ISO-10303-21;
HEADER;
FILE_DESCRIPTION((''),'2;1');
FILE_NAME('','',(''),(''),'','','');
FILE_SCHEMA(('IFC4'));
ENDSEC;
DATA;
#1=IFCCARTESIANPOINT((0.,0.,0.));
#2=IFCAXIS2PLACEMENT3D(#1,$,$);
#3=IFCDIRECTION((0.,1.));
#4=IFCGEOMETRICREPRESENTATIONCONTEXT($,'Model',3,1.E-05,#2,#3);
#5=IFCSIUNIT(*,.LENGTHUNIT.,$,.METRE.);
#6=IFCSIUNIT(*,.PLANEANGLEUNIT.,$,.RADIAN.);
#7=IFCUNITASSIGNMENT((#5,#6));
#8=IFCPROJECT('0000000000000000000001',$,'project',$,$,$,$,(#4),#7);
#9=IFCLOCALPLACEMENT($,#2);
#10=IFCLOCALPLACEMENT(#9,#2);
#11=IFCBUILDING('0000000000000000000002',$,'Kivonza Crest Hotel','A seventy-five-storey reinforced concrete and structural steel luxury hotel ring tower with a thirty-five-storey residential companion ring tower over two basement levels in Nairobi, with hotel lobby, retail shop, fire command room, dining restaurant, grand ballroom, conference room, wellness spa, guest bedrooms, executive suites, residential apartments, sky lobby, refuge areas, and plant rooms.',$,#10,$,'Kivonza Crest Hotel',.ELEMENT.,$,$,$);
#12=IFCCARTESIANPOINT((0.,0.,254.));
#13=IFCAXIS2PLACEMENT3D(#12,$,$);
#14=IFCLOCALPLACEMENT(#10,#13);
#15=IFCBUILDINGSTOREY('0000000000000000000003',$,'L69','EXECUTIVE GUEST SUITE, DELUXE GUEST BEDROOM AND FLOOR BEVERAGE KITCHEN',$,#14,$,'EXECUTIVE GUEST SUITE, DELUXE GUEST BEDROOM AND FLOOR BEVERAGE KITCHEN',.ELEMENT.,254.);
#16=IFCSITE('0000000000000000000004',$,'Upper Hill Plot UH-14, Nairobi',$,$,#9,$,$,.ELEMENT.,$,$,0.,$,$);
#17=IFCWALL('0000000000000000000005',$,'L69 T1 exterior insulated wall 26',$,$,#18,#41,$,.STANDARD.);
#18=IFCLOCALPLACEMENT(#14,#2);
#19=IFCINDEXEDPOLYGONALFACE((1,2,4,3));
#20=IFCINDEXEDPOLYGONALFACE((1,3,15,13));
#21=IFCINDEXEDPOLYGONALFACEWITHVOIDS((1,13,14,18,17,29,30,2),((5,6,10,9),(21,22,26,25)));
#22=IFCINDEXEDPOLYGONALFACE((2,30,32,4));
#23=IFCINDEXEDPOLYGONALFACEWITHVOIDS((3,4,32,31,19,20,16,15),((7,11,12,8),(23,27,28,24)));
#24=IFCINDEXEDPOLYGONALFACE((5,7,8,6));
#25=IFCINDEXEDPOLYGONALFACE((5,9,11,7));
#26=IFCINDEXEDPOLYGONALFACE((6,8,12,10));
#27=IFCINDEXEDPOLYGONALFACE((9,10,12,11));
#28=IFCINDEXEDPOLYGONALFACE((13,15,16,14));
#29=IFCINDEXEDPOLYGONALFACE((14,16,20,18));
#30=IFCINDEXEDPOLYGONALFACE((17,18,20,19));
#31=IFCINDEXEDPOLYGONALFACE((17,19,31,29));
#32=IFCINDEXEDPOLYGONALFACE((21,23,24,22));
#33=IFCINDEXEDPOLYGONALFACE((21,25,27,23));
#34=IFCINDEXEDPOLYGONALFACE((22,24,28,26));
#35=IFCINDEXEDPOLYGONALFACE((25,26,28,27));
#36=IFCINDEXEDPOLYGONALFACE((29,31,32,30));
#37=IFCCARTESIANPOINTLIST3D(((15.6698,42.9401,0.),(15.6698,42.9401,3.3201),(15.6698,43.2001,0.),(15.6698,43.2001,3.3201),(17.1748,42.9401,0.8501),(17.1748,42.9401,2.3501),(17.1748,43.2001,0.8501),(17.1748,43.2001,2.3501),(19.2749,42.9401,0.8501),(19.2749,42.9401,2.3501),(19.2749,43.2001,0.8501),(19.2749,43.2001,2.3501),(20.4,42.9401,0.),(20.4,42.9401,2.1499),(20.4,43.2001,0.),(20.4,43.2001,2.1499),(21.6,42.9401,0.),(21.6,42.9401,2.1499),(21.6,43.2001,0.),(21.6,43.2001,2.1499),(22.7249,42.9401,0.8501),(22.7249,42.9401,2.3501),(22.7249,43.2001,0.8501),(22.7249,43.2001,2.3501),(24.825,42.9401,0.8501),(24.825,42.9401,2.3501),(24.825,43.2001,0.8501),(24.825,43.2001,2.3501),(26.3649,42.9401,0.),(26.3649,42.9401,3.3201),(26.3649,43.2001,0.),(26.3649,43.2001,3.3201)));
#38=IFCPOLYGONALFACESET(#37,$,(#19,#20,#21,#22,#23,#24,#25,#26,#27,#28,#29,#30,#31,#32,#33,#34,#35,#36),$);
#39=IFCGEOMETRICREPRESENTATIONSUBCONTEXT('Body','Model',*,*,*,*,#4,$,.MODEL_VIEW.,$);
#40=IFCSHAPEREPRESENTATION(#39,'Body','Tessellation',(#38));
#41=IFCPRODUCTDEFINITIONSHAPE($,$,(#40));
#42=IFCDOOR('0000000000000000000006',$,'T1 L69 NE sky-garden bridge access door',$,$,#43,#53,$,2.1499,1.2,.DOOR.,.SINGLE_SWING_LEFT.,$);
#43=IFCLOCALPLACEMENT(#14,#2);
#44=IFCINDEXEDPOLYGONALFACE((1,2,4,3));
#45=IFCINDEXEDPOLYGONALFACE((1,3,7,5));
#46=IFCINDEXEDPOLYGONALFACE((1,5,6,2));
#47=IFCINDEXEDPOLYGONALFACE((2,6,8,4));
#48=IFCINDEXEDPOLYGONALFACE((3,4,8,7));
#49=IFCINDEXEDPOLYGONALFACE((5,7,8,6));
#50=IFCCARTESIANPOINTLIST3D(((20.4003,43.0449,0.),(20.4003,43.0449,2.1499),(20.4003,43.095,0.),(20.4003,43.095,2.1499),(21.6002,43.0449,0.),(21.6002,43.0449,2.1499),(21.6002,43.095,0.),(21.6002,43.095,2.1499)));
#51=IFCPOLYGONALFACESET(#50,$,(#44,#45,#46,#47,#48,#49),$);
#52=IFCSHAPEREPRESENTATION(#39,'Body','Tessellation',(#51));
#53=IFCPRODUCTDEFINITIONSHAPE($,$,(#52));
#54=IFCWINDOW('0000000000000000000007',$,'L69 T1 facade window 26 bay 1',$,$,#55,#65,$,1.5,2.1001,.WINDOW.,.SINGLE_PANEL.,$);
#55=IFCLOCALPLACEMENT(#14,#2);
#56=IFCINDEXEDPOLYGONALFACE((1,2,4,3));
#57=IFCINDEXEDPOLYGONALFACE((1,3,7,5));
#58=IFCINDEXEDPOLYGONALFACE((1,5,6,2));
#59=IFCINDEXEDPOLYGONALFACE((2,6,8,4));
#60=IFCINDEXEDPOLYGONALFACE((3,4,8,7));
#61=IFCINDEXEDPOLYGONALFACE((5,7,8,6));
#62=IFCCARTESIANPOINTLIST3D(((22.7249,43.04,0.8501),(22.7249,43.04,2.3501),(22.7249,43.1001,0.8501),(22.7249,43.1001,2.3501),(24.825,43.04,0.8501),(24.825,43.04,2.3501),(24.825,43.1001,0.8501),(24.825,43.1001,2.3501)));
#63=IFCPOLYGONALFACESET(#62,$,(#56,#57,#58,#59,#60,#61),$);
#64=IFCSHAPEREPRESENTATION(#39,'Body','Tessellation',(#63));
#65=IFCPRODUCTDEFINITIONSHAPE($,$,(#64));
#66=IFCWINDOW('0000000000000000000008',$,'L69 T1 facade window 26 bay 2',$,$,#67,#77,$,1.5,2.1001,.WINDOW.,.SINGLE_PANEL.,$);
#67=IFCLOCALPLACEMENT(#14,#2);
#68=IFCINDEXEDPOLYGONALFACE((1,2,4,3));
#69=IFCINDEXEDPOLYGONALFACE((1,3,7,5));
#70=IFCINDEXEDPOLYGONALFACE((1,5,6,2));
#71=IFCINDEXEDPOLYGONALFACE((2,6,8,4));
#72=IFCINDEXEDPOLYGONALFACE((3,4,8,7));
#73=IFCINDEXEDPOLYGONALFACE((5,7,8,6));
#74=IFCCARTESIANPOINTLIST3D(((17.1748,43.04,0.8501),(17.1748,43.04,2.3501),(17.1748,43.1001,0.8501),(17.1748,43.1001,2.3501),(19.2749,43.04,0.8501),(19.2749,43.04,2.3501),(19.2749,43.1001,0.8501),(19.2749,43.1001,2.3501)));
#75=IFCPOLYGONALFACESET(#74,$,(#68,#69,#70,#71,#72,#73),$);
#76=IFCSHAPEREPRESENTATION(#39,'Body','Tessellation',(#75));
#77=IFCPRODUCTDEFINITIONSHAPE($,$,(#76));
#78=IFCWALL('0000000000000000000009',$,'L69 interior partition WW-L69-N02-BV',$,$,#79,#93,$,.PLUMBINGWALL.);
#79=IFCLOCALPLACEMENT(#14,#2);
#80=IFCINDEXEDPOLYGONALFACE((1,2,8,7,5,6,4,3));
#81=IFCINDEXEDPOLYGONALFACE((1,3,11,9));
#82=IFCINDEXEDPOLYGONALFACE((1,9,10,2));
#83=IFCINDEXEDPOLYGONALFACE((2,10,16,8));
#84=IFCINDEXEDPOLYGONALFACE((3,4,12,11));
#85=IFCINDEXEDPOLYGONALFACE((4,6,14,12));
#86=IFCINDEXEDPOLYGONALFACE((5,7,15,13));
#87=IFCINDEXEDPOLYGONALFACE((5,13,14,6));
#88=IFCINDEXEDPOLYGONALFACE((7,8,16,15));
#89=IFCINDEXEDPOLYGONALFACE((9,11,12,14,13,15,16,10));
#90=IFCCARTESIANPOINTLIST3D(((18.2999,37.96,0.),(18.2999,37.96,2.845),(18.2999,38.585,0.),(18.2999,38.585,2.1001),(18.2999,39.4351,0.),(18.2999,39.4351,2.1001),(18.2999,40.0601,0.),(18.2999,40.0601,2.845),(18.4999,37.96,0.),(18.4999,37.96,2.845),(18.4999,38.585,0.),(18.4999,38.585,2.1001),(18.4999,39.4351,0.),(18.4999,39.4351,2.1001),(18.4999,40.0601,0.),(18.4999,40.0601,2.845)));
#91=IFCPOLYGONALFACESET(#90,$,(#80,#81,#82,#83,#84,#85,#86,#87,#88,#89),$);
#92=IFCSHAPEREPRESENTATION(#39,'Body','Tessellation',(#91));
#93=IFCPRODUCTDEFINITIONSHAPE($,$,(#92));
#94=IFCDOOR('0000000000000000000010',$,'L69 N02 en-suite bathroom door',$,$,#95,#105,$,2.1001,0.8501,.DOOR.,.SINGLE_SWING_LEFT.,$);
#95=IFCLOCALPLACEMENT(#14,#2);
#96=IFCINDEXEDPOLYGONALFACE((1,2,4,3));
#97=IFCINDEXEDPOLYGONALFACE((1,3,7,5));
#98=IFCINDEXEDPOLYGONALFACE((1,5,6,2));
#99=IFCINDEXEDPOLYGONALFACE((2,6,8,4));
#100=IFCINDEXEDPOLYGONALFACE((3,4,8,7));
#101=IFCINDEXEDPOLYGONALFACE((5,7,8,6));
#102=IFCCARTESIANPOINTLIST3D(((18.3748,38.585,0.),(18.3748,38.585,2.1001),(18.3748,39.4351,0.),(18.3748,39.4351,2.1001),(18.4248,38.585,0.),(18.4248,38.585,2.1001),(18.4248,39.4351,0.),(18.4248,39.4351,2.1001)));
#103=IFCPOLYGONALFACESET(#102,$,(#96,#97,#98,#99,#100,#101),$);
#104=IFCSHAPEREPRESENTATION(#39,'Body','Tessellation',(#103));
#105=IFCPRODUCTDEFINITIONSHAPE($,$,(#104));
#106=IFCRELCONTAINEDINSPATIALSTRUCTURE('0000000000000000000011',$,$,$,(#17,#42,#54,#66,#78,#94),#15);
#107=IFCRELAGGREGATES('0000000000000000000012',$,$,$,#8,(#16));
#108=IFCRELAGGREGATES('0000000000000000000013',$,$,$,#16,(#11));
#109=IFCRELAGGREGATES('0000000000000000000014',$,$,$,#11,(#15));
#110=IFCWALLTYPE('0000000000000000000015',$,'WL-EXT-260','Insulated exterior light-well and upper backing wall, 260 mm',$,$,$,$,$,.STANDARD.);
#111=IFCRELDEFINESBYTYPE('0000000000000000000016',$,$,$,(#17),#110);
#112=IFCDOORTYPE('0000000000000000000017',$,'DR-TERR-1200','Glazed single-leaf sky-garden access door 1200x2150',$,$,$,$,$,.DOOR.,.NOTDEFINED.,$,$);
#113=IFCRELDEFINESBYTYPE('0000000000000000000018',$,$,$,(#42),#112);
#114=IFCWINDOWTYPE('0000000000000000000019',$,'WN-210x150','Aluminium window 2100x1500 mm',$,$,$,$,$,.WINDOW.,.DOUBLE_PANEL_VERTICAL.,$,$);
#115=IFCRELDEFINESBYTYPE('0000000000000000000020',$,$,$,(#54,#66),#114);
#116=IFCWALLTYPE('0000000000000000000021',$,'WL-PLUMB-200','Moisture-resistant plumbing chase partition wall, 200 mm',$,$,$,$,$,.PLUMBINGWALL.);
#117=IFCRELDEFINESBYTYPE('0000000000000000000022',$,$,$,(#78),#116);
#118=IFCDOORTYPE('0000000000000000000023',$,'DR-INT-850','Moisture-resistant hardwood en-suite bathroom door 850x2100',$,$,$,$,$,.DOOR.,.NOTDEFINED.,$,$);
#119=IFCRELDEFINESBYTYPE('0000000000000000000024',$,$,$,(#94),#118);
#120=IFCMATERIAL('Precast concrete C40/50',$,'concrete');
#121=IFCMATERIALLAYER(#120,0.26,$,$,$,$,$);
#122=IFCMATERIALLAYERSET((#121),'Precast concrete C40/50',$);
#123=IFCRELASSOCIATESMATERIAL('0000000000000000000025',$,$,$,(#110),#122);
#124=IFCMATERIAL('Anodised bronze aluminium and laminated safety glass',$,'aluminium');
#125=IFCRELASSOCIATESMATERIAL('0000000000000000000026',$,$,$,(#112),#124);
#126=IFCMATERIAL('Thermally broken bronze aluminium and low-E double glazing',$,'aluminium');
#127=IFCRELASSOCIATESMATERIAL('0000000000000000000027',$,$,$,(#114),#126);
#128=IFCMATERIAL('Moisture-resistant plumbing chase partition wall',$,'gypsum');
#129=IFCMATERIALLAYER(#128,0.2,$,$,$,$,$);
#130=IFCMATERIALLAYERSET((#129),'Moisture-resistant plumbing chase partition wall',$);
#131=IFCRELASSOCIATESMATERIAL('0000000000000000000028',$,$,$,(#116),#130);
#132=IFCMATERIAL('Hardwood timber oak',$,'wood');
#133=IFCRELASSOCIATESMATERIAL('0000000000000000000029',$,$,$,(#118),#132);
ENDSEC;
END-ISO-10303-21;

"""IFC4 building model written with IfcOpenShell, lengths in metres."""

from ifc_helpers import new_model, si_unit, direction, frame, frame_2d, origin, place, context, subcontext, project, spatial, rectangle, extrude, material, layer, layer_set, type_object, element, fill, save


model = new_model("IFC4")

# Units and contexts
model_context = context("Model", 3, precision=1e-05, world=origin(), true_north=direction((0.0, 1.0)))
body_context = subcontext(model_context, "Body", "Model", "MODEL_VIEW")
ifc_project = project(units=[si_unit("LENGTHUNIT", "METRE"), si_unit("PLANEANGLEUNIT", "RADIAN")], contexts=[model_context])

# Site, building, storey
site_placement = place(None, origin())
site = spatial("IfcSite", under=ifc_project, at=site_placement, Name="Upper Hill Plot UH-14, Nairobi", CompositionType="ELEMENT", RefElevation=0.0)
building_placement = place(site_placement, origin())
building = spatial("IfcBuilding", under=site, at=building_placement, Name="Kivonza Crest Hotel", Description="A seventy-five-storey reinforced concrete and structural steel luxury hotel ring tower with a thirty-five-storey residential companion ring tower over two basement levels in Nairobi, with hotel lobby, retail shop, fire command room, dining restaurant, grand ballroom, conference room, wellness spa, guest bedrooms, executive suites, residential apartments, sky lobby, refuge areas, and plant rooms.", LongName="Kivonza Crest Hotel", CompositionType="ELEMENT")
storey_placement = place(building_placement, frame((0.0, 0.0, 254.0)))
storey = spatial("IfcBuildingStorey", under=building, at=storey_placement, Name="L69", Description="EXECUTIVE GUEST SUITE, DELUXE GUEST BEDROOM AND FLOOR BEVERAGE KITCHEN", LongName="EXECUTIVE GUEST SUITE, DELUXE GUEST BEDROOM AND FLOOR BEVERAGE KITCHEN", CompositionType="ELEMENT", Elevation=254.0)

# Shared definitions
ifc_material_1 = material(Name="Hardwood timber oak", Category="wood")

# Wall, openings, door, windows
ifc_material_2 = material(Name="Precast concrete C40/50", Category="concrete")
ifc_layer_1 = layer(ifc_material_2, 0.26)
ifc_layer_set_1 = layer_set([ifc_layer_1], Name="Precast concrete C40/50")
wall_type_1 = type_object("IfcWallType", Name="WL-EXT-260", Description="Insulated exterior light-well and upper backing wall, 260 mm", PredefinedType="STANDARD", material=ifc_layer_set_1)
wall_1_placement = place(storey_placement, frame((26.365, 43.0701, 0.0), z_axis=(0.0, 0.0, 1.0), x_axis=(-1.0, 0.0, 0.0)))
wall_1 = element("IfcWall", 1, at=wall_1_placement, inside=storey, type_object=wall_type_1, Name="L69 T1 exterior insulated wall 26", PredefinedType="STANDARD", context=body_context, shape_type="SweptSolid", body=[
    extrude(rectangle(XDim=10.6951, YDim=0.26, at=frame_2d((5.3477, 0.0))), origin(), (0.0, 0.0, 1.0), 3.3201),
])
opening_1_placement = place(wall_1_placement, frame((4.7649, 0.0, 0.0)))
opening_1 = element("IfcOpeningElement", 2, at=opening_1_placement, cuts=wall_1, PredefinedType="OPENING", context=body_context, shape_type="SweptSolid", body=[
    extrude(rectangle(XDim=1.2, YDim=2.1499, at=frame_2d((0.6001, 1.075))), frame((0.0, 0.1401, 0.0), z_axis=(0.0, -1.0, 0.0), x_axis=(1.0, 0.0, 0.0)), (0.0, 0.0, 1.0), 0.28),
])
opening_2_placement = place(wall_1_placement, frame((1.54, 0.0, 0.8501)))
opening_2 = element("IfcOpeningElement", 3, at=opening_2_placement, cuts=wall_1, PredefinedType="OPENING", context=body_context, shape_type="SweptSolid", body=[
    extrude(rectangle(XDim=2.1001, YDim=1.5, at=frame_2d((1.05, 0.75))), frame((0.0, 0.1401, 0.0), z_axis=(0.0, -1.0, 0.0), x_axis=(1.0, 0.0, 0.0)), (0.0, 0.0, 1.0), 0.28),
])
opening_3_placement = place(wall_1_placement, frame((7.0901, 0.0, 0.8501)))
opening_3 = element("IfcOpeningElement", 4, at=opening_3_placement, cuts=wall_1, PredefinedType="OPENING", context=body_context, shape_type="SweptSolid", body=[
    extrude(rectangle(XDim=2.1001, YDim=1.5, at=frame_2d((1.05, 0.75))), frame((0.0, 0.1401, 0.0), z_axis=(0.0, -1.0, 0.0), x_axis=(1.0, 0.0, 0.0)), (0.0, 0.0, 1.0), 0.28),
])
ifc_material_3 = material(Name="Anodised bronze aluminium and laminated safety glass", Category="aluminium")
door_type_1 = type_object("IfcDoorType", Name="DR-TERR-1200", Description="Glazed single-leaf sky-garden access door 1200x2150", OperationType="NOTDEFINED", PredefinedType="DOOR", material=ifc_material_3)
door_1_placement = place(opening_1_placement, frame((1.2, 0.0, 0.0), z_axis=(0.0, 0.0, 1.0), x_axis=(-1.0, 0.0, 0.0)))
door_1 = element("IfcDoor", 5, at=door_1_placement, inside=storey, type_object=door_type_1, Name="T1 L69 NE sky-garden bridge access door", OperationType="SINGLE_SWING_LEFT", OverallHeight=2.1499, OverallWidth=1.2, PredefinedType="DOOR", context=body_context, shape_type="SweptSolid", body=[
    extrude(rectangle(XDim=1.2, YDim=2.1499, at=frame_2d((0.6001, 1.075))), frame((0.0, 0.0249, 0.0), z_axis=(0.0, -1.0, 0.0), x_axis=(1.0, 0.0, 0.0)), (0.0, 0.0, 1.0), 0.05),
])
fill(opening_1, door_1)
ifc_material_4 = material(Name="Thermally broken bronze aluminium and low-E double glazing", Category="aluminium")
window_type = type_object("IfcWindowType", Name="WN-210x150", Description="Aluminium window 2100x1500 mm", PartitioningType="DOUBLE_PANEL_VERTICAL", PredefinedType="WINDOW", material=ifc_material_4)
window_1_placement = place(opening_2_placement, origin())
window_1 = element("IfcWindow", 6, at=window_1_placement, inside=storey, type_object=window_type, Name="L69 T1 facade window 26 bay 1", OverallHeight=1.5, OverallWidth=2.1001, PartitioningType="SINGLE_PANEL", PredefinedType="WINDOW", context=body_context, shape_type="SweptSolid", body=[
    extrude(rectangle(XDim=2.1001, YDim=1.5, at=frame_2d((1.05, 0.75))), frame((0.0, 0.03, 0.0), z_axis=(0.0, -1.0, 0.0), x_axis=(1.0, 0.0, 0.0)), (0.0, 0.0, 1.0), 0.0601),
])
fill(opening_2, window_1)
window_2_placement = place(opening_3_placement, origin())
window_2 = element("IfcWindow", 7, at=window_2_placement, inside=storey, type_object=window_type, Name="L69 T1 facade window 26 bay 2", OverallHeight=1.5, OverallWidth=2.1001, PartitioningType="SINGLE_PANEL", PredefinedType="WINDOW", context=body_context, shape_type="SweptSolid", body=[
    extrude(rectangle(XDim=2.1001, YDim=1.5, at=frame_2d((1.05, 0.75))), frame((0.0, 0.03, 0.0), z_axis=(0.0, -1.0, 0.0), x_axis=(1.0, 0.0, 0.0)), (0.0, 0.0, 1.0), 0.0601),
])
fill(opening_3, window_2)

# Wall, opening, door
ifc_material_5 = material(Name="Moisture-resistant plumbing chase partition wall", Category="gypsum")
ifc_layer_2 = layer(ifc_material_5, 0.2)
ifc_layer_set_2 = layer_set([ifc_layer_2], Name="Moisture-resistant plumbing chase partition wall")
wall_type_2 = type_object("IfcWallType", Name="WL-PLUMB-200", Description="Moisture-resistant plumbing chase partition wall, 200 mm", PredefinedType="PLUMBINGWALL", material=ifc_layer_set_2)
wall_2_placement = place(storey_placement, frame((18.3999, 37.96, 0.0), z_axis=(0.0, 0.0, 1.0), x_axis=(0.0, 1.0, 0.0)))
wall_2 = element("IfcWall", 8, at=wall_2_placement, inside=storey, type_object=wall_type_2, Name="L69 interior partition WW-L69-N02-BV", PredefinedType="PLUMBINGWALL", context=body_context, shape_type="SweptSolid", body=[
    extrude(rectangle(XDim=2.1001, YDim=0.2, at=frame_2d((1.05, 0.0))), origin(), (0.0, 0.0, 1.0), 2.845),
])
opening_4_placement = place(wall_2_placement, frame((0.625, 0.0, 0.0)))
opening_4 = element("IfcOpeningElement", 9, at=opening_4_placement, cuts=wall_2, PredefinedType="OPENING", context=body_context, shape_type="SweptSolid", body=[
    extrude(rectangle(XDim=0.8501, YDim=2.1001, at=frame_2d((0.425, 1.05))), frame((0.0, 0.1099, 0.0), z_axis=(0.0, -1.0, 0.0), x_axis=(1.0, 0.0, 0.0)), (0.0, 0.0, 1.0), 0.22),
])
door_type_2 = type_object("IfcDoorType", Name="DR-INT-850", Description="Moisture-resistant hardwood en-suite bathroom door 850x2100", OperationType="NOTDEFINED", PredefinedType="DOOR", material=ifc_material_1)
door_2_placement = place(opening_4_placement, frame((0.8501, 0.0, 0.0), z_axis=(0.0, 0.0, 1.0), x_axis=(-1.0, 0.0, 0.0)))
door_2 = element("IfcDoor", 10, at=door_2_placement, inside=storey, type_object=door_type_2, Name="L69 N02 en-suite bathroom door", OperationType="SINGLE_SWING_LEFT", OverallHeight=2.1001, OverallWidth=0.8501, PredefinedType="DOOR", context=body_context, shape_type="SweptSolid", body=[
    extrude(rectangle(XDim=0.8501, YDim=2.1001, at=frame_2d((0.425, 1.05))), frame((0.0, 0.0249, 0.0), z_axis=(0.0, -1.0, 0.0), x_axis=(1.0, 0.0, 0.0)), (0.0, 0.0, 1.0), 0.05),
])
fill(opening_4, door_2)

save(model, "model.ifc")
